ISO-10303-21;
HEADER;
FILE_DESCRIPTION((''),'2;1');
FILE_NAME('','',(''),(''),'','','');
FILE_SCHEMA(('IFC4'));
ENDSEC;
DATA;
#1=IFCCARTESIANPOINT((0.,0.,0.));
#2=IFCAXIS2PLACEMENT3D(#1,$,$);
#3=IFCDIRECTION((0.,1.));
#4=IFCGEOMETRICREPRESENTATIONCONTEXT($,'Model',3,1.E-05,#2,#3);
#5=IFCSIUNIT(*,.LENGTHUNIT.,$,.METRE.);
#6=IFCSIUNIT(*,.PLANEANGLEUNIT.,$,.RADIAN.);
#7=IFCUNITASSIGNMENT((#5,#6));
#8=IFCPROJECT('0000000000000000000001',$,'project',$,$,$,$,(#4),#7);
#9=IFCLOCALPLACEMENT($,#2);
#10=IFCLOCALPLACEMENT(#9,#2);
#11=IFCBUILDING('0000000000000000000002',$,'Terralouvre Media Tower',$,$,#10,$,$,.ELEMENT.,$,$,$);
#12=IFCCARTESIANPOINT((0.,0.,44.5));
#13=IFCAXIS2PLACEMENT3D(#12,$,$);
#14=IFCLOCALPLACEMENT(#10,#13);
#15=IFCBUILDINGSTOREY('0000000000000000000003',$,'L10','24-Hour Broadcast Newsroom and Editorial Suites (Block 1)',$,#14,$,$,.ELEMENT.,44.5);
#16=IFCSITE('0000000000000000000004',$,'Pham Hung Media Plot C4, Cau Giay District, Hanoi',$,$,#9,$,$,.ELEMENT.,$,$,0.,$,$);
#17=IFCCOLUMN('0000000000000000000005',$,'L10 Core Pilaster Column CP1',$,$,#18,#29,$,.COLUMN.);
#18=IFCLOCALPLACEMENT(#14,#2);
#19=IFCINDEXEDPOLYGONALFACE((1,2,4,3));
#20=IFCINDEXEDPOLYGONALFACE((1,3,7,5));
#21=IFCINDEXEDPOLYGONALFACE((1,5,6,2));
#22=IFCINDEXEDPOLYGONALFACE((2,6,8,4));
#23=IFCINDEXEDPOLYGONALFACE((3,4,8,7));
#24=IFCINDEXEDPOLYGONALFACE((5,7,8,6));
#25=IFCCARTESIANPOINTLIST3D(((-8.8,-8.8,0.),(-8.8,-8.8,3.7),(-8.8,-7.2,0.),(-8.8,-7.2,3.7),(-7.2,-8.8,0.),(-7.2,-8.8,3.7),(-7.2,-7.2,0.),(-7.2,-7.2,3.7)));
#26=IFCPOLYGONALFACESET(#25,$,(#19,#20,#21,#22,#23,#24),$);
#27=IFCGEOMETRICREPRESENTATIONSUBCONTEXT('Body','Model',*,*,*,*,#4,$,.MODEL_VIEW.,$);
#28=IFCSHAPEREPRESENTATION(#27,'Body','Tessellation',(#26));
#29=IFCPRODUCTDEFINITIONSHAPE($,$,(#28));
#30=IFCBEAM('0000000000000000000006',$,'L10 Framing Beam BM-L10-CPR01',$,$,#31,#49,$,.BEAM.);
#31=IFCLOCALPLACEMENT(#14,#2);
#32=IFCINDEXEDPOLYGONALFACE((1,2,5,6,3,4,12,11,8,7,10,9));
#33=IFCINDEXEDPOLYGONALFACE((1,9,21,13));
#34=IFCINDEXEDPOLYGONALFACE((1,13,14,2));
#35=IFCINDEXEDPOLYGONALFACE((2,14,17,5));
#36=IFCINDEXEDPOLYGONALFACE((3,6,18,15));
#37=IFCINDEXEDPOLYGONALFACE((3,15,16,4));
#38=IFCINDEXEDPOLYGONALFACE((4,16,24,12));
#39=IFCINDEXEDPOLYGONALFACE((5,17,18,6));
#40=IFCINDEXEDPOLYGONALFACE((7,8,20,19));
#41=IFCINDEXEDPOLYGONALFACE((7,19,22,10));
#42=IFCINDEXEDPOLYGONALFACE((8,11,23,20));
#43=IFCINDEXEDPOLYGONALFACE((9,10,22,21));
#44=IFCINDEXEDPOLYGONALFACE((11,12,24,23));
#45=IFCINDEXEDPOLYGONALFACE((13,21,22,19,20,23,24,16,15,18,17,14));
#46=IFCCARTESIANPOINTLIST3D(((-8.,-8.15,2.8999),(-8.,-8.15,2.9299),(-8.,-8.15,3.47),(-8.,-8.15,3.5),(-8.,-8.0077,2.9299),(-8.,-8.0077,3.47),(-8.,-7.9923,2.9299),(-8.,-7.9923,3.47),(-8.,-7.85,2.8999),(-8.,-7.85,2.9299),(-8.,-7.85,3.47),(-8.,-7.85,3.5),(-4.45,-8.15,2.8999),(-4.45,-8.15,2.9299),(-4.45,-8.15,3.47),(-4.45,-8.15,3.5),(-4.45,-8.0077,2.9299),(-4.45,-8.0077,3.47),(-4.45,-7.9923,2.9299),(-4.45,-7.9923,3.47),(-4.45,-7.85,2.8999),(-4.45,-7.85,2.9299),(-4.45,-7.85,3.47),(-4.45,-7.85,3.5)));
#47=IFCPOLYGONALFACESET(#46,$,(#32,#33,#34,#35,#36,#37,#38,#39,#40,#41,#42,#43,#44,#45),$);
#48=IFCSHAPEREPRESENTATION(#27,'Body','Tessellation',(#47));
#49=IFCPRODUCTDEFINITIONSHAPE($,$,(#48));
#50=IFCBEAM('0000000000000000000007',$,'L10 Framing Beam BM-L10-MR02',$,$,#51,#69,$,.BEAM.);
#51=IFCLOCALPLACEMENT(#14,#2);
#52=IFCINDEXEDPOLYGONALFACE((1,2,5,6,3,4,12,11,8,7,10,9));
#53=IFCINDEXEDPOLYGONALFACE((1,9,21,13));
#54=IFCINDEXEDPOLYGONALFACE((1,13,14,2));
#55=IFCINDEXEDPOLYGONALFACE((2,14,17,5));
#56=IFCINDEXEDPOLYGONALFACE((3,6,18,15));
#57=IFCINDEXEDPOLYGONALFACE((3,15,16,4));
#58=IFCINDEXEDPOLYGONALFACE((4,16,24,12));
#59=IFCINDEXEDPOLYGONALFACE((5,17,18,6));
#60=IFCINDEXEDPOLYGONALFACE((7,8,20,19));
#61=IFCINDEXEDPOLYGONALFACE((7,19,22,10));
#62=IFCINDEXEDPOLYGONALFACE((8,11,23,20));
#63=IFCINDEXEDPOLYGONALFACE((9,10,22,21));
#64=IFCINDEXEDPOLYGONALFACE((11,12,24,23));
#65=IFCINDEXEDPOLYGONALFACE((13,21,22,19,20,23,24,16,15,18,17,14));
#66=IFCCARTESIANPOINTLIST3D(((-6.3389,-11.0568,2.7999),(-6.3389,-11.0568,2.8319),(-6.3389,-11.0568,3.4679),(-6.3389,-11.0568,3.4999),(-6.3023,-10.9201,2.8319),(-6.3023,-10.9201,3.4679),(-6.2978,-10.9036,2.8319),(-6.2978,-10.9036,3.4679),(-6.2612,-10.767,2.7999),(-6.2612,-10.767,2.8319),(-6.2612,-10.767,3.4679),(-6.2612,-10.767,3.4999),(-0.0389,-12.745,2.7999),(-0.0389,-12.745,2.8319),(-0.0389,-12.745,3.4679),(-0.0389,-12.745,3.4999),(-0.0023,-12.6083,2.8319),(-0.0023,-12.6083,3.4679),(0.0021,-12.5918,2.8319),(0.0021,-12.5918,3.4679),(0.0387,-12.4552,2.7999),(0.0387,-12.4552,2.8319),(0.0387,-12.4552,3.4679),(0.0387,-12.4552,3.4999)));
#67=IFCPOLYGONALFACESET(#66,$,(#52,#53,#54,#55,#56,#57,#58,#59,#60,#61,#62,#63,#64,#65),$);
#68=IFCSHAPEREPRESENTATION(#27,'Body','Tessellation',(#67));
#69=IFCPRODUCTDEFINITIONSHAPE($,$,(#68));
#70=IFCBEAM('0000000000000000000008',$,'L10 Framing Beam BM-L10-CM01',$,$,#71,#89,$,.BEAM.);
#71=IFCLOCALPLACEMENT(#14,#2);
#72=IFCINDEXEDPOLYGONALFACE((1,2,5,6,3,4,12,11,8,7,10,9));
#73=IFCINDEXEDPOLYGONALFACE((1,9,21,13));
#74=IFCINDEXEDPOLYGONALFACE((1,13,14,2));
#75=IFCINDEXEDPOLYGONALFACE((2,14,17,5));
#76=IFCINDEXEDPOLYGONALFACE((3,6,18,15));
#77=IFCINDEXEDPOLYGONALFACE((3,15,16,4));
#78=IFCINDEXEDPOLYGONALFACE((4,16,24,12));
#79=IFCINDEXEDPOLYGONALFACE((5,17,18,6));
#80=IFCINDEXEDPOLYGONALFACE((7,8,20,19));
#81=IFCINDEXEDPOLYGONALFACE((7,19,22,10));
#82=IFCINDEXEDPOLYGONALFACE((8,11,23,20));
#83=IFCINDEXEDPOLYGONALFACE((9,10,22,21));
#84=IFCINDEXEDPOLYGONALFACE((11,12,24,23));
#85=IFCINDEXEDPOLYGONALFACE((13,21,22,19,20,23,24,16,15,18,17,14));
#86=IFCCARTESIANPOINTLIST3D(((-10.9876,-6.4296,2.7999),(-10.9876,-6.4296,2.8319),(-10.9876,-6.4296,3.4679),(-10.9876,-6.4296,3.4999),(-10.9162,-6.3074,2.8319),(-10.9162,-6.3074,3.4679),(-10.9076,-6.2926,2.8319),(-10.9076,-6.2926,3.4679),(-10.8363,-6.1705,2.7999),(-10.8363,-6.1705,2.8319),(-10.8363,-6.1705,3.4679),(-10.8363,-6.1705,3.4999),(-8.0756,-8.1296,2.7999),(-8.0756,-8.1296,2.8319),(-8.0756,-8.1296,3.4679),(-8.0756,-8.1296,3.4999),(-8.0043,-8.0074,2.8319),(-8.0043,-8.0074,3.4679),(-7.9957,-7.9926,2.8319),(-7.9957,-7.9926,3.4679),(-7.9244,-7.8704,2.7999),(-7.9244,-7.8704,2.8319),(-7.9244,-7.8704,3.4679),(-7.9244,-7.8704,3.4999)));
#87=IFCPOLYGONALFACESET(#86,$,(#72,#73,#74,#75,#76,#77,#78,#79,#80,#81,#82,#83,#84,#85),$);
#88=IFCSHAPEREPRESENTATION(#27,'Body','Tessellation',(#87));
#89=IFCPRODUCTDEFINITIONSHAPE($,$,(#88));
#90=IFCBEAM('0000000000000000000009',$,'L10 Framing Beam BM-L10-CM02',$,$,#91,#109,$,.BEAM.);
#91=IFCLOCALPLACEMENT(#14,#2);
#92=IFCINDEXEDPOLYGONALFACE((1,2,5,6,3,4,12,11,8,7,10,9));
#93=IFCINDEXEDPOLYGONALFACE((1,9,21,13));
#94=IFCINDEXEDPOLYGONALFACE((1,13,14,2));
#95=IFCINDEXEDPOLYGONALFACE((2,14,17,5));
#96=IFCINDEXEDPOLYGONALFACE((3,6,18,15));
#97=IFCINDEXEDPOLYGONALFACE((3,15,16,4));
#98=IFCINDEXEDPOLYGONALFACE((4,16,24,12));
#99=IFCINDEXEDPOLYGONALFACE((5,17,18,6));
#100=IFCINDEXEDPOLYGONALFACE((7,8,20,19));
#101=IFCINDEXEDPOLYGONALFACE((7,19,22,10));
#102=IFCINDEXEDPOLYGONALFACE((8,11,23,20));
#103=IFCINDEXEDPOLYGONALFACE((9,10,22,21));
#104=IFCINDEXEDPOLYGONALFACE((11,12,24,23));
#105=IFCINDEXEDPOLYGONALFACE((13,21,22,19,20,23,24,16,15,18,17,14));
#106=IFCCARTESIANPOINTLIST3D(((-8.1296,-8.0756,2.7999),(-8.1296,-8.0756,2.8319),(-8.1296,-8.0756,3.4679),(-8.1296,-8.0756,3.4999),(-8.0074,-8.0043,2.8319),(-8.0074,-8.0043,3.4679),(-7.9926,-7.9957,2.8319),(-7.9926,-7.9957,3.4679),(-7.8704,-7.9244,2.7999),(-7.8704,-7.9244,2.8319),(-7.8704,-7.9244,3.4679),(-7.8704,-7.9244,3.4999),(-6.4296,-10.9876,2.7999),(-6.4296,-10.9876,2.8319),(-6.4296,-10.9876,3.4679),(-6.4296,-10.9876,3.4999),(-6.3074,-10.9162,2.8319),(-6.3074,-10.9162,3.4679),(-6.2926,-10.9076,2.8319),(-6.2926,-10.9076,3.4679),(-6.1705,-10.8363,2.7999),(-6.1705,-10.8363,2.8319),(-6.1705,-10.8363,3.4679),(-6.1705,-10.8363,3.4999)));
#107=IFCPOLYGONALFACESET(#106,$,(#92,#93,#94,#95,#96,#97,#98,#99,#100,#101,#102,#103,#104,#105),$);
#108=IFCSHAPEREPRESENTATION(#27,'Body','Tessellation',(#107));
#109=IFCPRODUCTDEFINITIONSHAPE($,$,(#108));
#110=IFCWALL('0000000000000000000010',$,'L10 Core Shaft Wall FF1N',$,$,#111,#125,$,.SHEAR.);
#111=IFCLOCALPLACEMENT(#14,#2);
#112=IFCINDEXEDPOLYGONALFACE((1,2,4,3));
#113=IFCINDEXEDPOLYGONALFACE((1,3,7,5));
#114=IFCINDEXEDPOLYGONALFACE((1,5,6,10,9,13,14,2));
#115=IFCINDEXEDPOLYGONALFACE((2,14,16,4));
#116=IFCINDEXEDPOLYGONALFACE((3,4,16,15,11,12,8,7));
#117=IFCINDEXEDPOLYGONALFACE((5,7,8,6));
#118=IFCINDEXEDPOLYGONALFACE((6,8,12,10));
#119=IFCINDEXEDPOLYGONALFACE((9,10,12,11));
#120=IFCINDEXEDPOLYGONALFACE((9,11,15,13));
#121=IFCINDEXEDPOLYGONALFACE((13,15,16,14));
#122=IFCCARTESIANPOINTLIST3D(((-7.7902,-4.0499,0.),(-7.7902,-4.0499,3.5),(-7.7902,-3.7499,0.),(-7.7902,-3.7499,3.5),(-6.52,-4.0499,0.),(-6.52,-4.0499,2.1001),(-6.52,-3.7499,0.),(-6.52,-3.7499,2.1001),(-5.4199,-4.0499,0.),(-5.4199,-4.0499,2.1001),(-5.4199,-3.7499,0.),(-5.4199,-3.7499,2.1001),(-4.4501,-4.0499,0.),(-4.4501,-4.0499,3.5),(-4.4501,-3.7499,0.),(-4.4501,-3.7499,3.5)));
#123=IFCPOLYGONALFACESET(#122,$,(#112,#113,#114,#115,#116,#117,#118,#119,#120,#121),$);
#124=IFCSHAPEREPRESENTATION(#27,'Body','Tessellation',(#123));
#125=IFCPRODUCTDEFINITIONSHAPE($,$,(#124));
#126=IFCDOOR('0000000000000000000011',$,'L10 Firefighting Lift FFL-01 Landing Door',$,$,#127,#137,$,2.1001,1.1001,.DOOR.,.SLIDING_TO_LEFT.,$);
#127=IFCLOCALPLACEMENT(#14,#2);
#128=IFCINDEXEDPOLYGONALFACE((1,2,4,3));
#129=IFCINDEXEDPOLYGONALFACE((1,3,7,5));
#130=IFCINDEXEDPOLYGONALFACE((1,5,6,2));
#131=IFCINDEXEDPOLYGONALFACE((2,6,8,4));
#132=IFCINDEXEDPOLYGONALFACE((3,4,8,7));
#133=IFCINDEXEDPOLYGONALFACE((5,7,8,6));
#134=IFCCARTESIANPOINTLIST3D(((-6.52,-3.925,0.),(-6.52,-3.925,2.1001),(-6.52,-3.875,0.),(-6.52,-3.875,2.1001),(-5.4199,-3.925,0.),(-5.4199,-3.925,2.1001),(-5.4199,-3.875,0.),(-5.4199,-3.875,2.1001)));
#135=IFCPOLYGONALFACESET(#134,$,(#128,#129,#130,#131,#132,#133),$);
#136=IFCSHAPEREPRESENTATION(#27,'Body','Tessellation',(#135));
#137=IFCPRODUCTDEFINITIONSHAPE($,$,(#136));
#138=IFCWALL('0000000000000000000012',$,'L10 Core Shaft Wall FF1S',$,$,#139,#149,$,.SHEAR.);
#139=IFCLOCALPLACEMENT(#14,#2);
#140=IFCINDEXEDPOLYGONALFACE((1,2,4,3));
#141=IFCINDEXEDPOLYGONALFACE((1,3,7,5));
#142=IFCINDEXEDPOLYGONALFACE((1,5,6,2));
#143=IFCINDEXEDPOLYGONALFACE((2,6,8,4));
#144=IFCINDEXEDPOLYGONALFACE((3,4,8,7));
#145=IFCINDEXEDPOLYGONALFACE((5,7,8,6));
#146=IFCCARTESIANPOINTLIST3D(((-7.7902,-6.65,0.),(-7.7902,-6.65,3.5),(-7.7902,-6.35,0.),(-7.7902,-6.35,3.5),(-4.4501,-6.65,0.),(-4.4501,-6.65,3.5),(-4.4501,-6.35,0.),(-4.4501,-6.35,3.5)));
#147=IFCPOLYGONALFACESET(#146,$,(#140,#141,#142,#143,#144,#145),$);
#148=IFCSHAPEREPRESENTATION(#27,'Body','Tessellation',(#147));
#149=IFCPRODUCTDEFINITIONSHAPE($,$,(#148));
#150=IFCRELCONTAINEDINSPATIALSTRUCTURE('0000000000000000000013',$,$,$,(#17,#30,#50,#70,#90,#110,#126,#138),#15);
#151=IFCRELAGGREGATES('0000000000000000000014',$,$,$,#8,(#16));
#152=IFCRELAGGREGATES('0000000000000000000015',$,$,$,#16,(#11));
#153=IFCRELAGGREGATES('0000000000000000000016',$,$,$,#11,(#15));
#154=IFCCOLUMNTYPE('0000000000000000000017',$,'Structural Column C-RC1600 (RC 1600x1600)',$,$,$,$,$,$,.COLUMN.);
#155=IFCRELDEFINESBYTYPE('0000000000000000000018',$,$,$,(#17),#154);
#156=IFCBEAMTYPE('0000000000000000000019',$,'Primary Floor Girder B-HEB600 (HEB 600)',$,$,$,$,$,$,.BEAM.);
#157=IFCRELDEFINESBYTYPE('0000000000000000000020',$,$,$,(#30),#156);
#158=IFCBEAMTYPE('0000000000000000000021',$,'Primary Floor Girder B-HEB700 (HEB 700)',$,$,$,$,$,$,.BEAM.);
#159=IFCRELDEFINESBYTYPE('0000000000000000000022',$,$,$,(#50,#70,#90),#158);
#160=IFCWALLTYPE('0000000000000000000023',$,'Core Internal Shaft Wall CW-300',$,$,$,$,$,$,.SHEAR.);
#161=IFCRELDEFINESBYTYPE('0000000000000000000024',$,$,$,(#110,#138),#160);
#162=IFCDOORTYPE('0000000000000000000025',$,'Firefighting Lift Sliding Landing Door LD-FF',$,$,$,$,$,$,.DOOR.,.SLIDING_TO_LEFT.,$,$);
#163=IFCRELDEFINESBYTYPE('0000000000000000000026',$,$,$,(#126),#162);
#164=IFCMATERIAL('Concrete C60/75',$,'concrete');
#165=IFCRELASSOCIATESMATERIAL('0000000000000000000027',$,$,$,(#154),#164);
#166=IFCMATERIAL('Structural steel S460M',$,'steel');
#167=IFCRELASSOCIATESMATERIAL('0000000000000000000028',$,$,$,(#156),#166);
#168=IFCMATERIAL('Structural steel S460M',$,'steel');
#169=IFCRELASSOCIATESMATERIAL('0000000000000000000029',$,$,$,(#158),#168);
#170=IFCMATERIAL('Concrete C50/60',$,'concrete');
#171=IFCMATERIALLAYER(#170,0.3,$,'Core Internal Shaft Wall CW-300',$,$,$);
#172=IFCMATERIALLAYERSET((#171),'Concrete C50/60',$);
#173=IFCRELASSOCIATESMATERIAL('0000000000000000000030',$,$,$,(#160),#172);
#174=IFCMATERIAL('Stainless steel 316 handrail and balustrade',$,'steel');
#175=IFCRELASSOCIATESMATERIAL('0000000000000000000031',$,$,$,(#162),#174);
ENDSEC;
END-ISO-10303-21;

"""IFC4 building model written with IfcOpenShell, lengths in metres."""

from ifc_helpers import new_model, si_unit, direction, frame, frame_2d, origin, origin_2d, place, context, subcontext, project, spatial, rectangle, i_section, extrude, material, layer, layer_set, material_profile, profile_set, type_object, element, fill, save


model = new_model("IFC4")

# Units and contexts
model_context = context("Model", 3, precision=1e-05, world=origin(), true_north=direction((0.0, 1.0)))
body_context = subcontext(model_context, "Body", "Model", "MODEL_VIEW")
ifc_project = project(units=[si_unit("LENGTHUNIT", "METRE"), si_unit("PLANEANGLEUNIT", "RADIAN")], contexts=[model_context])

# Site, building, storey
site_placement = place(None, origin())
site = spatial("IfcSite", under=ifc_project, at=site_placement, Name="Pham Hung Media Plot C4, Cau Giay District, Hanoi", CompositionType="ELEMENT", RefElevation=0.0)
building_placement = place(site_placement, origin())
building = spatial("IfcBuilding", under=site, at=building_placement, Name="Terralouvre Media Tower", CompositionType="ELEMENT")
storey_placement = place(building_placement, frame((0.0, 0.0, 44.5)))
storey = spatial("IfcBuildingStorey", under=building, at=storey_placement, Name="L10", Description="24-Hour Broadcast Newsroom and Editorial Suites (Block 1)", CompositionType="ELEMENT", Elevation=44.5)

# Column
ifc_material_1 = material(Name="Concrete C60/75", Category="concrete")
ifc_material_profile_1 = material_profile(ifc_material_1, rectangle(XDim=1.6001, YDim=1.6001, at=origin_2d()), Name="RC 1600x1600")
ifc_profile_set_1 = profile_set([ifc_material_profile_1], Name="Concrete C60/75")
column_type = type_object("IfcColumnType", Name="Structural Column C-RC1600 (RC 1600x1600)", PredefinedType="COLUMN", material=ifc_profile_set_1)
column_placement = place(storey_placement, frame((-8.0, -8.0, 0.0), z_axis=(0.0, 0.0, 1.0), x_axis=(1.0, 0.0, 0.0)))
element("IfcColumn", 1, at=column_placement, inside=storey, type_object=column_type, Name="L10 Core Pilaster Column CP1", PredefinedType="COLUMN", context=body_context, shape_type="SweptSolid", body=[
    extrude(rectangle(XDim=1.6001, YDim=1.6001, at=origin_2d()), origin(), (0.0, 0.0, 1.0), 3.7),
])

# Beams
ifc_material_2 = material(Name="Structural steel S460M", Category="steel")
ifc_material_profile_2 = material_profile(ifc_material_2, i_section(OverallWidth=0.3, OverallDepth=0.6001, WebThickness=0.0154, FlangeThickness=0.03, at=origin_2d()), Name="HEB 600")
ifc_profile_set_2 = profile_set([ifc_material_profile_2], Name="Structural steel S460M")
beam_type_1 = type_object("IfcBeamType", Name="Primary Floor Girder B-HEB600 (HEB 600)", PredefinedType="BEAM", material=ifc_profile_set_2)
beam_1_placement = place(storey_placement, frame((-8.0, -8.0, 3.2), z_axis=(1.0, 0.0, 0.0), x_axis=(0.0, 1.0, 0.0)))
element("IfcBeam", 2, at=beam_1_placement, inside=storey, type_object=beam_type_1, Name="L10 Framing Beam BM-L10-CPR01", PredefinedType="BEAM", context=body_context, shape_type="SweptSolid", body=[
    extrude(i_section(OverallWidth=0.3, OverallDepth=0.6001, WebThickness=0.0154, FlangeThickness=0.03, at=origin_2d()), origin(), (0.0, 0.0, 1.0), 3.55),
])
ifc_material_3 = material(Name="Structural steel S460M", Category="steel")
ifc_material_profile_3 = material_profile(ifc_material_3, i_section(OverallWidth=0.3, OverallDepth=0.7, WebThickness=0.0171, FlangeThickness=0.032, at=origin_2d()), Name="HEB 700")
ifc_profile_set_3 = profile_set([ifc_material_profile_3], Name="Structural steel S460M")
beam_type_2 = type_object("IfcBeamType", Name="Primary Floor Girder B-HEB700 (HEB 700)", PredefinedType="BEAM", material=ifc_profile_set_3)
beam_2_placement = place(storey_placement, frame((-6.3, -10.9119, 3.1499), z_axis=(0.96592, -0.258839, 0.0), x_axis=(0.258839, 0.96592, 0.0)))
element("IfcBeam", 3, at=beam_2_placement, inside=storey, type_object=beam_type_2, Name="L10 Framing Beam BM-L10-MR02", PredefinedType="BEAM", context=body_context, shape_type="SweptSolid", body=[
    extrude(i_section(OverallWidth=0.3, OverallDepth=0.7, WebThickness=0.0171, FlangeThickness=0.032, at=origin_2d()), origin(), (0.0, 0.0, 1.0), 6.5222),
])
for number, where, z_axis, x_axis, name in (
    (4, (-8.0, -8.0, 3.1499), (-0.863603, 0.504173, 0.0), (-0.504173, -0.863603, 0.0), "L10 Framing Beam BM-L10-CM01"),
    (5, (-8.0, -8.0, 3.1499), (0.504173, -0.863603, 0.0), (0.863603, 0.504173, 0.0), "L10 Framing Beam BM-L10-CM02"),
):
    element("IfcBeam", number, at=place(storey_placement, frame(where, z_axis=z_axis, x_axis=x_axis)), inside=storey, type_object=beam_type_2, Name=name, PredefinedType="BEAM", context=body_context, shape_type="SweptSolid", body=[
        extrude(i_section(OverallWidth=0.3, OverallDepth=0.7, WebThickness=0.0171, FlangeThickness=0.032, at=origin_2d()), origin(), (0.0, 0.0, 1.0), 3.3718),
    ])

# Wall, opening, door
ifc_material_4 = material(Name="Concrete C50/60", Category="concrete")
ifc_layer_1 = layer(ifc_material_4, 0.3, Name="Core Internal Shaft Wall CW-300")
ifc_layer_set_1 = layer_set([ifc_layer_1], Name="Concrete C50/60")
wall_type_1 = type_object("IfcWallType", Name="Core Internal Shaft Wall CW-300", PredefinedType="SHEAR", material=ifc_layer_set_1)
wall_1_placement = place(storey_placement, frame((-7.79, -3.8999, 0.0), z_axis=(0.0, 0.0, 1.0), x_axis=(1.0, 0.0, 0.0)))
wall_1 = element("IfcWall", 6, at=wall_1_placement, inside=storey, type_object=wall_type_1, Name="L10 Core Shaft Wall FF1N", PredefinedType="SHEAR", context=body_context, shape_type="SweptSolid", body=[
    extrude(rectangle(XDim=3.3401, YDim=0.3, at=frame_2d((1.6699, 0.0))), origin(), (0.0, 0.0, 1.0), 3.5),
])
opening_1_placement = place(wall_1_placement, frame((1.27, 0.0, 0.0)))
opening_1 = element("IfcOpeningElement", 7, at=opening_1_placement, cuts=wall_1, PredefinedType="OPENING", context=body_context, shape_type="SweptSolid", body=[
    extrude(rectangle(XDim=1.1001, YDim=2.1001, at=frame_2d((0.55, 1.05))), frame((0.0, 0.1599, 0.0), z_axis=(0.0, -1.0, 0.0), x_axis=(1.0, 0.0, 0.0)), (0.0, 0.0, 1.0), 0.3201),
])
ifc_material_5 = material(Name="Stainless steel 316 handrail and balustrade", Category="steel")
door_type_1 = type_object("IfcDoorType", Name="Firefighting Lift Sliding Landing Door LD-FF", OperationType="SLIDING_TO_LEFT", PredefinedType="DOOR", material=ifc_material_5)
door_1_placement = place(opening_1_placement, origin())
door_1 = element("IfcDoor", 8, at=door_1_placement, inside=storey, type_object=door_type_1, Name="L10 Firefighting Lift FFL-01 Landing Door", OperationType="SLIDING_TO_LEFT", OverallHeight=2.1001, OverallWidth=1.1001, PredefinedType="DOOR", context=body_context, shape_type="SweptSolid", body=[
    extrude(rectangle(XDim=1.1001, YDim=2.1001, at=frame_2d((0.55, 1.05))), frame((0.0, 0.0249, 0.0), z_axis=(0.0, -1.0, 0.0), x_axis=(1.0, 0.0, 0.0)), (0.0, 0.0, 1.0), 0.05),
])
fill(opening_1, door_1)

# Wall
wall_2_placement = place(storey_placement, frame((-7.79, -6.5, 0.0), z_axis=(0.0, 0.0, 1.0), x_axis=(1.0, 0.0, 0.0)))
element("IfcWall", 9, at=wall_2_placement, inside=storey, type_object=wall_type_1, Name="L10 Core Shaft Wall FF1S", PredefinedType="SHEAR", context=body_context, shape_type="SweptSolid", body=[
    extrude(rectangle(XDim=3.3401, YDim=0.3, at=frame_2d((1.6699, 0.0))), origin(), (0.0, 0.0, 1.0), 3.5),
])

save(model, "model.ifc")
